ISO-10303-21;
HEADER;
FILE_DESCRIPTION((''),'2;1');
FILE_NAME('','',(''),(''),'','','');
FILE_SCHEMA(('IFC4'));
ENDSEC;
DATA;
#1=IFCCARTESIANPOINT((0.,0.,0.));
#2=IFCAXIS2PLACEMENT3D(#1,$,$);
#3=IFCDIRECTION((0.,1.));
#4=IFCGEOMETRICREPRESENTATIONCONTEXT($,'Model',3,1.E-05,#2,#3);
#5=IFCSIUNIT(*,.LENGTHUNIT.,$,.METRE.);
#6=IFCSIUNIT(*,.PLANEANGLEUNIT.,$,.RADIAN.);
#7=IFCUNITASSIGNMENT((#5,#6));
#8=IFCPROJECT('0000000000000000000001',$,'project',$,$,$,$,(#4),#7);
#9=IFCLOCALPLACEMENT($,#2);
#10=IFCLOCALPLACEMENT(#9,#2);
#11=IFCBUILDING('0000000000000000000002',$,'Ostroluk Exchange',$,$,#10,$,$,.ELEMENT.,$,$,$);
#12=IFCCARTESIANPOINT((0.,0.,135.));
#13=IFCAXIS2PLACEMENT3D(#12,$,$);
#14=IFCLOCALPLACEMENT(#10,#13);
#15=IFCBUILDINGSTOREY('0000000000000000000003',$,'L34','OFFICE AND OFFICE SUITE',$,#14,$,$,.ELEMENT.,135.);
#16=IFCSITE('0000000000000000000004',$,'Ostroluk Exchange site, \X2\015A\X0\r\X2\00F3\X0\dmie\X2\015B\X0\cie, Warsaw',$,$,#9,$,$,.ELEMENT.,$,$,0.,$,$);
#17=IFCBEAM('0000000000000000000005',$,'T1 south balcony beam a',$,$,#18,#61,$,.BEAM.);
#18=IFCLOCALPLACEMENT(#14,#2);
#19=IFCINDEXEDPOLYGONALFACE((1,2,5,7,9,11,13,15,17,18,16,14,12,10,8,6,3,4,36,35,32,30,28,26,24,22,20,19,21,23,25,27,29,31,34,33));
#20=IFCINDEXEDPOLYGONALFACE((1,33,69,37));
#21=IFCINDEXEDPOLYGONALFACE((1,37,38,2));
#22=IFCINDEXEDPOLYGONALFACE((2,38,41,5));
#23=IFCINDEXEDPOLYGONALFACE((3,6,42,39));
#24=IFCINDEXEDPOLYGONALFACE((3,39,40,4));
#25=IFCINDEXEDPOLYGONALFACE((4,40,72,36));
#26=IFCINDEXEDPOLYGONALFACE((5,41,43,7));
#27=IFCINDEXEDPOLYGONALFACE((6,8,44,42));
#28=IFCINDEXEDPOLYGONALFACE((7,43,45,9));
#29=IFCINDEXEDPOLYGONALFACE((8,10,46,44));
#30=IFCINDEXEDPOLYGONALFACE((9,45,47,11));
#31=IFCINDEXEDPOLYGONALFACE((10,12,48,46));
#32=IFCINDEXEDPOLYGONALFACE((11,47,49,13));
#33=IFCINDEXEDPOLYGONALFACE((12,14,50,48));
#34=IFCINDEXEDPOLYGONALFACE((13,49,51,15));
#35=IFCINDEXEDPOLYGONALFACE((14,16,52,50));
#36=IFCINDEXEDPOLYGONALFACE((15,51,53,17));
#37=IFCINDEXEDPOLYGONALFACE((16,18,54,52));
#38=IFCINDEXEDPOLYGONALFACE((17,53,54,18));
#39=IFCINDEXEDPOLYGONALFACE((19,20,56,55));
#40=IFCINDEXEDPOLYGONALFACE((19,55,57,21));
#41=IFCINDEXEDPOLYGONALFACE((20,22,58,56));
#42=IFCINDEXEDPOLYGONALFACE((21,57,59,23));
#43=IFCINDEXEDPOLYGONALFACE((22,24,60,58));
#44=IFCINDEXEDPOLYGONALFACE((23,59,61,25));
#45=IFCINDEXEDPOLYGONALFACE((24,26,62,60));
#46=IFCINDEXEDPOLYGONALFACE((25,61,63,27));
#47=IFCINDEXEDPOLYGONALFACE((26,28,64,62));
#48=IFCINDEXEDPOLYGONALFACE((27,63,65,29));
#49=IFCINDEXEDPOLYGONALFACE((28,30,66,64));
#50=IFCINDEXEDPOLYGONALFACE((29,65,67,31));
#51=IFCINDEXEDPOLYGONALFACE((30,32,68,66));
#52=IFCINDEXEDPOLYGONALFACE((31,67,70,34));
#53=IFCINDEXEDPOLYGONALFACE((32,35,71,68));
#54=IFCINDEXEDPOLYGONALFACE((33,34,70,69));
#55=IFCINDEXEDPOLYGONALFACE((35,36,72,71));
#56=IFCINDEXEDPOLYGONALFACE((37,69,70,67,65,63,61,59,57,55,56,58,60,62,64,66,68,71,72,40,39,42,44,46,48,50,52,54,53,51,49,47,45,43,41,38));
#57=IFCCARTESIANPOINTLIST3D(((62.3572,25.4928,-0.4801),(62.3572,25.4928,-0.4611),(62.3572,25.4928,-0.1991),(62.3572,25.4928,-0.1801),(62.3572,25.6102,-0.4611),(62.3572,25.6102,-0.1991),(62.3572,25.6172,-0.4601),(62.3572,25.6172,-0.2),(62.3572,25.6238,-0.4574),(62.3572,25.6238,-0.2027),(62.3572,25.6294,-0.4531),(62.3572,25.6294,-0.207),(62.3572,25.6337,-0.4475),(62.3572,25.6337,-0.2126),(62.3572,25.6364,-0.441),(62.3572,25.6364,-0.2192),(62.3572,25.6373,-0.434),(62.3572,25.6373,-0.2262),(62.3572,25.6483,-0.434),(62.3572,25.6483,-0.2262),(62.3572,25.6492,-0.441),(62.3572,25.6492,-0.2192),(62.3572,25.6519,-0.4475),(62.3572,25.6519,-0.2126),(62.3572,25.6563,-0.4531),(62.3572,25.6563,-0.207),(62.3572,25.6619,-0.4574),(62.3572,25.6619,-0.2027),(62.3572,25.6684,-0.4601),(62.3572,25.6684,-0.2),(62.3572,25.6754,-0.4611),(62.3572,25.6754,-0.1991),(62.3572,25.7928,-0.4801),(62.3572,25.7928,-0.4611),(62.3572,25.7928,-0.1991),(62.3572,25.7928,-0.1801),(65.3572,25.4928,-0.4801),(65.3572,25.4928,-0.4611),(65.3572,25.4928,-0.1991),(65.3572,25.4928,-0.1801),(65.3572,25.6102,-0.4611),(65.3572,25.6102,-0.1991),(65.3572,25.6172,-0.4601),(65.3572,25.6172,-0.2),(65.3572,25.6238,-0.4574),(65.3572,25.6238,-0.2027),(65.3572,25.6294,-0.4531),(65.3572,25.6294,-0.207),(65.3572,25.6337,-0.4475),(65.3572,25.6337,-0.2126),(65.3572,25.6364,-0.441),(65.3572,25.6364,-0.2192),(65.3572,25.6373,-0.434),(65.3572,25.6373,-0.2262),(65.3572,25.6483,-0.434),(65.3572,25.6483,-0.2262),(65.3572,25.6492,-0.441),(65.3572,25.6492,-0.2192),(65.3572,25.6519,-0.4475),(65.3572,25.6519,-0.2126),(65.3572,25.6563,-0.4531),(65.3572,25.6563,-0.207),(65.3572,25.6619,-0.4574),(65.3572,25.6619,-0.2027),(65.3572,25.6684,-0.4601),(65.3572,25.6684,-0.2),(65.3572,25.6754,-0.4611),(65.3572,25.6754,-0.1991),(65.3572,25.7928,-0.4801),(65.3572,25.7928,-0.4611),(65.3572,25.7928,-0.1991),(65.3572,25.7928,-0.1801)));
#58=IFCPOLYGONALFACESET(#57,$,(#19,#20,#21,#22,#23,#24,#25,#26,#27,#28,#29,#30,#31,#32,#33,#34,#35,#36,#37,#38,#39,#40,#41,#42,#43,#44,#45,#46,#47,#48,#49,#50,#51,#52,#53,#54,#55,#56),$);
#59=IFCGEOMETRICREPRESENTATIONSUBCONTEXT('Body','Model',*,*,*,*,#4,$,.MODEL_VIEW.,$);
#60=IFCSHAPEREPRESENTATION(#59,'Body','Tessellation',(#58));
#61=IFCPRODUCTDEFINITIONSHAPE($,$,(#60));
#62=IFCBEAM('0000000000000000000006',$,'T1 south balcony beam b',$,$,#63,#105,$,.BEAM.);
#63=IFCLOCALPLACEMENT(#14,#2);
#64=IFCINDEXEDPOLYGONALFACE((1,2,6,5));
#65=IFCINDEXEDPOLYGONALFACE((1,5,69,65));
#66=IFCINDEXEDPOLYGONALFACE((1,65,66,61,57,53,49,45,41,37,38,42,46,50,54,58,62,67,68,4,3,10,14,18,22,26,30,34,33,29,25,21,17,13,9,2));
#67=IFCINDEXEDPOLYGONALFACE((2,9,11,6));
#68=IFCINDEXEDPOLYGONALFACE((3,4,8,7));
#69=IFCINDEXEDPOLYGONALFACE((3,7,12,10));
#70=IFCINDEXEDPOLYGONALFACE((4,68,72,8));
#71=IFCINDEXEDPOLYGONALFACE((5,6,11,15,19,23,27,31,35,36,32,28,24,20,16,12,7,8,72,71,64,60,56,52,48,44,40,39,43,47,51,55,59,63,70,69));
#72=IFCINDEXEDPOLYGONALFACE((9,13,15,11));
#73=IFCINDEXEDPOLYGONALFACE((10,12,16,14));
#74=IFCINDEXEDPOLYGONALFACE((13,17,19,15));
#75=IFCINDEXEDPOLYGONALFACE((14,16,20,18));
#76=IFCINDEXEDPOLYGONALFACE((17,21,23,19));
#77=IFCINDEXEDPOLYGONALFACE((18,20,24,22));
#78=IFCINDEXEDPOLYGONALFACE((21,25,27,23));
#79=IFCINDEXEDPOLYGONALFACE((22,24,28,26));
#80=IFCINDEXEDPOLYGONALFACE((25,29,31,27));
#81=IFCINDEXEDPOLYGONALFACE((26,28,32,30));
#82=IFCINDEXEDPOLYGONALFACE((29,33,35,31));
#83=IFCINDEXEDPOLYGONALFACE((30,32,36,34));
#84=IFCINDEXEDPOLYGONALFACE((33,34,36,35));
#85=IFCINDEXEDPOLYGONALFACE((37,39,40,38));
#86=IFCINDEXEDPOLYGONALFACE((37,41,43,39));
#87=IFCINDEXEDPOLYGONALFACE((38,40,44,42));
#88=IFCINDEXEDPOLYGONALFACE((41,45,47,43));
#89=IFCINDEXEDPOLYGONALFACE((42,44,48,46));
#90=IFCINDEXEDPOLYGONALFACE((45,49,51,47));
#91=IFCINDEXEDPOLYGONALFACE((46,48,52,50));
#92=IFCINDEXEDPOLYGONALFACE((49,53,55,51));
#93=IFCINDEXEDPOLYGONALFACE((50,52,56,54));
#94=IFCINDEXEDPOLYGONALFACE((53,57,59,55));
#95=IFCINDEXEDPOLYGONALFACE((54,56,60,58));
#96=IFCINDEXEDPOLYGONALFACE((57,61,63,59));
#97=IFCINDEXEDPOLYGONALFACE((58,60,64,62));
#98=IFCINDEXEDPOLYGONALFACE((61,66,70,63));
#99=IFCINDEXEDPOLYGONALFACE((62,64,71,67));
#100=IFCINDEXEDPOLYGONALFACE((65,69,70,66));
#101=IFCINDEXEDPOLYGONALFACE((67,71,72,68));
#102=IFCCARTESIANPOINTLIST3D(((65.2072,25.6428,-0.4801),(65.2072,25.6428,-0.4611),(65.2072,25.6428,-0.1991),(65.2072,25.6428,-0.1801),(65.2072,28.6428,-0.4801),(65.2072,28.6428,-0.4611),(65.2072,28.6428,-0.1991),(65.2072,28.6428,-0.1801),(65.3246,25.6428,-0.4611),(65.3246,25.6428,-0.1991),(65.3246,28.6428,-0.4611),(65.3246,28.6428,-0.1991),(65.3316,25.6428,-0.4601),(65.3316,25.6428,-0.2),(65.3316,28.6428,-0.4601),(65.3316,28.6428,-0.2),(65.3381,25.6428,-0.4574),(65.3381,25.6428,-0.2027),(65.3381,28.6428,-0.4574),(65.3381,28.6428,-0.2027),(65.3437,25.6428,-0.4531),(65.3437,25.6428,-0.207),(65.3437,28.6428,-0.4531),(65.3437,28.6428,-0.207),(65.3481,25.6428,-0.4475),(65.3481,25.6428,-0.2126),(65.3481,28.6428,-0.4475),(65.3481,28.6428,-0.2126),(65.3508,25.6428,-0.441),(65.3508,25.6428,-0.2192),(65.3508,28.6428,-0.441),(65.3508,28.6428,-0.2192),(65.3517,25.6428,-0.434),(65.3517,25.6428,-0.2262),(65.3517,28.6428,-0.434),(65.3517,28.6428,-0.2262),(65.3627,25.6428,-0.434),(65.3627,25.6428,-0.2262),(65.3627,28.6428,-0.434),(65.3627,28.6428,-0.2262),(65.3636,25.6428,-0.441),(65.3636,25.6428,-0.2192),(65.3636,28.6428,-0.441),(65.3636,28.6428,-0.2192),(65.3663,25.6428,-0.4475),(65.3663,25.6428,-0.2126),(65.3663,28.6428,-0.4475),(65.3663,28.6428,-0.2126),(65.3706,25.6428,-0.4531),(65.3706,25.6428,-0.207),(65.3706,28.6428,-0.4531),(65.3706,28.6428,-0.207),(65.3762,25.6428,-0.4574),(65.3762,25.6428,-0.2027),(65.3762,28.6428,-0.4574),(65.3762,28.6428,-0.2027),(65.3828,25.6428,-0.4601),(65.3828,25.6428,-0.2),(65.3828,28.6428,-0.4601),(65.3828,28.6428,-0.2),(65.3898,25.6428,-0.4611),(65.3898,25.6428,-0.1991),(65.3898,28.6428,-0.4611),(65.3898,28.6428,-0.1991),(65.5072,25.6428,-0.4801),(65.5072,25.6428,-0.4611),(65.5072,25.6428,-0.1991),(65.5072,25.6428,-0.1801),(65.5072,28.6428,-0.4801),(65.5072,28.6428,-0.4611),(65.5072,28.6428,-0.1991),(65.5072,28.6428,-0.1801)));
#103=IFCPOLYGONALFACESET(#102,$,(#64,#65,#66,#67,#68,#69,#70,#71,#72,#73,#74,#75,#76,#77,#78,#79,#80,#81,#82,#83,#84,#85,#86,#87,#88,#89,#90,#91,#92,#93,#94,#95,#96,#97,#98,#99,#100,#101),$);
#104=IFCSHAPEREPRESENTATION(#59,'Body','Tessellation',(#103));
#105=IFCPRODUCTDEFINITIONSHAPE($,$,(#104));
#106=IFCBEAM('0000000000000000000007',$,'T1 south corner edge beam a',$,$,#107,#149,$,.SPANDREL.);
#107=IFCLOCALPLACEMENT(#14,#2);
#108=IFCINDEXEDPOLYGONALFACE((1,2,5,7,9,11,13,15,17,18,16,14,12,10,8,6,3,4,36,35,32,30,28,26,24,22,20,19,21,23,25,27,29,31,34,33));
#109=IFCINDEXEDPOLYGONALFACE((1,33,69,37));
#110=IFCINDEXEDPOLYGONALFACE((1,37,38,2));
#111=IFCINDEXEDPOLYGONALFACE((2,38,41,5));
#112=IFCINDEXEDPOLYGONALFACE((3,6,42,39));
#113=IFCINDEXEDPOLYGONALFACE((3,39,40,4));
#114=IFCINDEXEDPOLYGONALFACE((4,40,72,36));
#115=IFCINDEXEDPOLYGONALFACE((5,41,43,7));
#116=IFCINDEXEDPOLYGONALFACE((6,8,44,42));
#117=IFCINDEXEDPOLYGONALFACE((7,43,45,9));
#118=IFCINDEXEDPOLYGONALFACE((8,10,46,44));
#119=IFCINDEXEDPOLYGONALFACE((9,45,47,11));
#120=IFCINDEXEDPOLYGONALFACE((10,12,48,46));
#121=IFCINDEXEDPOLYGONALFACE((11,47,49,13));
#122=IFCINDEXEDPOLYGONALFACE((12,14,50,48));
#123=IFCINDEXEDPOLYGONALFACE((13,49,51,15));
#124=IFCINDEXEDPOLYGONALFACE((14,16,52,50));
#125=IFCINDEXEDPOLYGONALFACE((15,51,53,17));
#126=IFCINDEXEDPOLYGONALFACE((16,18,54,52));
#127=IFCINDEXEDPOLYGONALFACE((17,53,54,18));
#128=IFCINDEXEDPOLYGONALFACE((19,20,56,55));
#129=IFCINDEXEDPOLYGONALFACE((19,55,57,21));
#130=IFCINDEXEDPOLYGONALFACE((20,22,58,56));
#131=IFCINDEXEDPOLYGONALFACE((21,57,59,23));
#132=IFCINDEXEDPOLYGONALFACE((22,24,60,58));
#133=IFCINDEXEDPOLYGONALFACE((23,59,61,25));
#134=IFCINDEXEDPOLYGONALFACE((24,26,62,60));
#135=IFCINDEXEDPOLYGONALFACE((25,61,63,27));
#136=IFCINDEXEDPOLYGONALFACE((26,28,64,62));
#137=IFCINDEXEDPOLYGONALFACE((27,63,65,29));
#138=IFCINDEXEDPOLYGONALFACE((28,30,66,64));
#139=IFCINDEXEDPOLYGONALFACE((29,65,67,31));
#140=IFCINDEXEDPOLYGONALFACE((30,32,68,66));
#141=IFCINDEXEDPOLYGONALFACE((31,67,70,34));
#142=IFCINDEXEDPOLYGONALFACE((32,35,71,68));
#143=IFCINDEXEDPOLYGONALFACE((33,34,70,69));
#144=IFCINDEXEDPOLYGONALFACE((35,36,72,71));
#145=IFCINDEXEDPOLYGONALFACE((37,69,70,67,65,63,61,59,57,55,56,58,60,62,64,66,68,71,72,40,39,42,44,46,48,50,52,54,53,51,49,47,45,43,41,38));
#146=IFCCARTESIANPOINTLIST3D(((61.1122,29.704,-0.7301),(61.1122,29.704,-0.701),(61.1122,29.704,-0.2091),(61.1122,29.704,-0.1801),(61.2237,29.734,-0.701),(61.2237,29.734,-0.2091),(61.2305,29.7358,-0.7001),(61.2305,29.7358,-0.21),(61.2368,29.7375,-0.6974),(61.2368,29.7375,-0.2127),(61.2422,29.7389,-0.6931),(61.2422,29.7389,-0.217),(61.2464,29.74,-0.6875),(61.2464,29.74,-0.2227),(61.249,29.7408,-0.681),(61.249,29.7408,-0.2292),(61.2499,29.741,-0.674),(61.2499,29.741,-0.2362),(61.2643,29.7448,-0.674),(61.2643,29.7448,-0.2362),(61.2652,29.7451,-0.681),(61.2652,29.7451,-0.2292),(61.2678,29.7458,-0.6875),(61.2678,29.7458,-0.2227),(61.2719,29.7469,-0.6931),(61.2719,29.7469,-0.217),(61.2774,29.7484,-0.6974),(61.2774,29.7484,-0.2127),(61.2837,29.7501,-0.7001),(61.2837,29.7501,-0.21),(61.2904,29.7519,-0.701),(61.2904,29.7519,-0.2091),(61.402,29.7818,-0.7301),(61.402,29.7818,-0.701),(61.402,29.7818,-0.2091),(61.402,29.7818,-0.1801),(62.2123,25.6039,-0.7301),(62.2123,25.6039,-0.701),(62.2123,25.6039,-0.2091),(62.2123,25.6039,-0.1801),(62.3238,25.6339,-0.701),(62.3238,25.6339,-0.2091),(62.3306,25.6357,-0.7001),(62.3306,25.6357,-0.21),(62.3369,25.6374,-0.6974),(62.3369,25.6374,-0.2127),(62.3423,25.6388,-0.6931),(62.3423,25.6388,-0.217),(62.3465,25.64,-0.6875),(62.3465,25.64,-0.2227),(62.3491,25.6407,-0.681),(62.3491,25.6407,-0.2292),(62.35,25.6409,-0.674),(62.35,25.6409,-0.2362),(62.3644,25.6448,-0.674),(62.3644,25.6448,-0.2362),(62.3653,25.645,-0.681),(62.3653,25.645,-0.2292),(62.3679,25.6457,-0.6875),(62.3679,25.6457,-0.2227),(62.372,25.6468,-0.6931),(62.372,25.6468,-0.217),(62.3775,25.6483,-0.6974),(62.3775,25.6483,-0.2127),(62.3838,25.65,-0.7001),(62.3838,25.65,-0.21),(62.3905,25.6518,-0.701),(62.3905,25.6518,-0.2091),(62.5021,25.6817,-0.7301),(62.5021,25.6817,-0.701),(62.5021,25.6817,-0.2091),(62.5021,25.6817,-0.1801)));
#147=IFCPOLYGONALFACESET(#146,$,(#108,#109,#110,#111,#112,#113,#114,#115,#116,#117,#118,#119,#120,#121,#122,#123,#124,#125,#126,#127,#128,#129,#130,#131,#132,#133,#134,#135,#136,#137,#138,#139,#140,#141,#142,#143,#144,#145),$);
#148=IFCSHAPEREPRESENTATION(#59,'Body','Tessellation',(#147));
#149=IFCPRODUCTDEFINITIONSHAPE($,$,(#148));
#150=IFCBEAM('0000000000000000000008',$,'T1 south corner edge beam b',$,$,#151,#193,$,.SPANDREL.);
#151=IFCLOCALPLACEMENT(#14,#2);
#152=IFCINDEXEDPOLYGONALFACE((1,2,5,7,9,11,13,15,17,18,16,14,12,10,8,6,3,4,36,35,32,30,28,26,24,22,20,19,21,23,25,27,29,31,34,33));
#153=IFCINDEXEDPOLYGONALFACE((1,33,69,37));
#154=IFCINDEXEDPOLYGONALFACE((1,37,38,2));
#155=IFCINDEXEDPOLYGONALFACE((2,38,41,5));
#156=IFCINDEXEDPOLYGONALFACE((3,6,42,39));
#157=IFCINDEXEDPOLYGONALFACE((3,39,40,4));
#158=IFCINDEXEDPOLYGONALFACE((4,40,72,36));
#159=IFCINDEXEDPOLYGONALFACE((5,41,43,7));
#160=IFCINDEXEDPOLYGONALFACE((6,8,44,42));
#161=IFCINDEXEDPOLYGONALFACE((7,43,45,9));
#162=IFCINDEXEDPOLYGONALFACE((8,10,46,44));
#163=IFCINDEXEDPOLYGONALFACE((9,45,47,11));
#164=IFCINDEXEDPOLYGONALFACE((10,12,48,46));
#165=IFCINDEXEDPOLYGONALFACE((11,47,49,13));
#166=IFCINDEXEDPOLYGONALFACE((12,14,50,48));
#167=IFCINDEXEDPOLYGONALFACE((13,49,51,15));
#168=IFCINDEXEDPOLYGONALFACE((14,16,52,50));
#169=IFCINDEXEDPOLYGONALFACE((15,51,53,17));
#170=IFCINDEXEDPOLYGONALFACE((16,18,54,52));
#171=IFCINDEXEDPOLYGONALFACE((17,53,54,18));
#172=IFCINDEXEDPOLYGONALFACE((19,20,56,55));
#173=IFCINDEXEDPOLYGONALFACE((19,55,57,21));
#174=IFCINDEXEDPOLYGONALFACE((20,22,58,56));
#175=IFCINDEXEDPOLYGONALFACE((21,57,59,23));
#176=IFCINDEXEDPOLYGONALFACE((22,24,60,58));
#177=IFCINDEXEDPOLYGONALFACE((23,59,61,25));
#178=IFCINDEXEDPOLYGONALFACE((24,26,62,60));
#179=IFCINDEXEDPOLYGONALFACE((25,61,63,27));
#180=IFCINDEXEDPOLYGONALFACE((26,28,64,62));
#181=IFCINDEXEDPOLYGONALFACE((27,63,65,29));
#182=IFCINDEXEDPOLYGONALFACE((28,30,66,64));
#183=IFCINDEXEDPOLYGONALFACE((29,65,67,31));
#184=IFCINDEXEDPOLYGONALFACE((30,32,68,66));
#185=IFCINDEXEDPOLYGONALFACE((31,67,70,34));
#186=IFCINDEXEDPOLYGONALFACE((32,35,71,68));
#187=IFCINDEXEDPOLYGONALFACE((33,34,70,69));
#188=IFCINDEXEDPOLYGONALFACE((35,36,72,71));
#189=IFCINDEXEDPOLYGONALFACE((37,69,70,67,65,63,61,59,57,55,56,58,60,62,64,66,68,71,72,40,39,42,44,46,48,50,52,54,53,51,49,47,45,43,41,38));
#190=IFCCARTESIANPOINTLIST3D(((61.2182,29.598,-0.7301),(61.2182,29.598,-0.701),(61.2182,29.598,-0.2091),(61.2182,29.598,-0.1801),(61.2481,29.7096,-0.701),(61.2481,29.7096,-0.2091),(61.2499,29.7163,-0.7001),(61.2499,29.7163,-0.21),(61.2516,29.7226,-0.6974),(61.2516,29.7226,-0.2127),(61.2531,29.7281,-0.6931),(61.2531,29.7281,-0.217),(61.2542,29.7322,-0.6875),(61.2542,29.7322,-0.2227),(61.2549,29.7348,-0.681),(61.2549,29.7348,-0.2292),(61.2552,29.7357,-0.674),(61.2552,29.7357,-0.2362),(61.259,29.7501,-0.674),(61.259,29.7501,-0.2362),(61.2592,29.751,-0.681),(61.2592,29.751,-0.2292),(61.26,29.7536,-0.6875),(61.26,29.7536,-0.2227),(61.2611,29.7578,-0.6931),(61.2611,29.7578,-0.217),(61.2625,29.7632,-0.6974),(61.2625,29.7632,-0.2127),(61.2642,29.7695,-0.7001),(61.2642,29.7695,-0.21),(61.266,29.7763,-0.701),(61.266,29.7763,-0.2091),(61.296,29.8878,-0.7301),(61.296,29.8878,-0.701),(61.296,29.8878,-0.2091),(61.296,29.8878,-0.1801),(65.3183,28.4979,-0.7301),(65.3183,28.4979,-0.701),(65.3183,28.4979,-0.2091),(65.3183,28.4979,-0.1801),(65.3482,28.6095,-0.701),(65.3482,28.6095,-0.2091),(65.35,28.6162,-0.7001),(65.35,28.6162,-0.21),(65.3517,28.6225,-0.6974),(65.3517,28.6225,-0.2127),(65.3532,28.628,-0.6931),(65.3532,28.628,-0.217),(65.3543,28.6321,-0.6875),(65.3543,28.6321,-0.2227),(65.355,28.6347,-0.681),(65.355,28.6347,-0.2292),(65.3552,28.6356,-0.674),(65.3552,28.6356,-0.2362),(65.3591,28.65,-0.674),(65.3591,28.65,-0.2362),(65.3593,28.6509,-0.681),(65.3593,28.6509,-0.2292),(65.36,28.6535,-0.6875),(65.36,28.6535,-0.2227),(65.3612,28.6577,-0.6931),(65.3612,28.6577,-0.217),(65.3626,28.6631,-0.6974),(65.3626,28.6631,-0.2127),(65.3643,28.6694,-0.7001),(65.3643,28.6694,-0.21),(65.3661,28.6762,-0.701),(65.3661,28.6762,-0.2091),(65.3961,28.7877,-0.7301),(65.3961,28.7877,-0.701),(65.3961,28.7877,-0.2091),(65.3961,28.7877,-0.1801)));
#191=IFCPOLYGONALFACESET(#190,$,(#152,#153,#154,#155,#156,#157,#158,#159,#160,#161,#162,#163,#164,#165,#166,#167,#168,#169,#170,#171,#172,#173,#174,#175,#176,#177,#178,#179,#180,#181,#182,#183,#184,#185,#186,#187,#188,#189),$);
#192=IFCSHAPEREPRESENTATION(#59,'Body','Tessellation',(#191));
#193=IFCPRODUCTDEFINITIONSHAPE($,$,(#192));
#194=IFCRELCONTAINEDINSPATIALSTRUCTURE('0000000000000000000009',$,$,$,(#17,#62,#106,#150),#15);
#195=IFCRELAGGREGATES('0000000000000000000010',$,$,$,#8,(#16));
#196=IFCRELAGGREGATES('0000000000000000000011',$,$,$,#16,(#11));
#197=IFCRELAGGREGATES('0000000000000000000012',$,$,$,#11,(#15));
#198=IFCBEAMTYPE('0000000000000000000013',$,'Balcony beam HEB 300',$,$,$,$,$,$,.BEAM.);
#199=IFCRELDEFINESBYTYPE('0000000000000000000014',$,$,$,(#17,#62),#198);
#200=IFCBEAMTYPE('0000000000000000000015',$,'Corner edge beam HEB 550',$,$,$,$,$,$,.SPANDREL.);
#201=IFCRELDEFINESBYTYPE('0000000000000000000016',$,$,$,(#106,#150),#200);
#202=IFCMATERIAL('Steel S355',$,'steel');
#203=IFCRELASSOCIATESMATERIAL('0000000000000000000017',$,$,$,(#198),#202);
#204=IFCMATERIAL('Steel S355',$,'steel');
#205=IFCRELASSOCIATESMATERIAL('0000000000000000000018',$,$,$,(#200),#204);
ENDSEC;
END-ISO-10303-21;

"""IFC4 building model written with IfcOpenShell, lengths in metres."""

from ifc_helpers import new_model, si_unit, direction, frame, origin, origin_2d, place, context, subcontext, project, spatial, i_section, extrude, material, material_profile, profile_set, type_object, element, save


model = new_model("IFC4")

# Units and contexts
model_context = context("Model", 3, precision=1e-05, world=origin(), true_north=direction((0.0, 1.0)))
body_context = subcontext(model_context, "Body", "Model", "MODEL_VIEW")
ifc_project = project(units=[si_unit("LENGTHUNIT", "METRE"), si_unit("PLANEANGLEUNIT", "RADIAN")], contexts=[model_context])

# Site, building, storey
site_placement = place(None, origin())
site = spatial("IfcSite", under=ifc_project, at=site_placement, Name="Ostroluk Exchange site, Śródmieście, Warsaw", CompositionType="ELEMENT", RefElevation=0.0)
building_placement = place(site_placement, origin())
building = spatial("IfcBuilding", under=site, at=building_placement, Name="Ostroluk Exchange", CompositionType="ELEMENT")
storey_placement = place(building_placement, frame((0.0, 0.0, 135.0)))
storey = spatial("IfcBuildingStorey", under=building, at=storey_placement, Name="L34", Description="OFFICE AND OFFICE SUITE", CompositionType="ELEMENT", Elevation=135.0)

# Beams
ifc_material_1 = material(Name="Steel S355", Category="steel")
ifc_material_profile_1 = material_profile(ifc_material_1, i_section(OverallWidth=0.3, OverallDepth=0.3, WebThickness=0.011, FlangeThickness=0.019, FilletRadius=0.0271, at=origin_2d()), Name="HEB 300")
ifc_profile_set_1 = profile_set([ifc_material_profile_1], Name="Steel S355")
beam_type_1 = type_object("IfcBeamType", Name="Balcony beam HEB 300", PredefinedType="BEAM", material=ifc_profile_set_1)
for number, where, z_axis, x_axis, name in (
    (1, (62.3572, 25.6428, -0.3301), (1.0, 0.0, 0.0), (0.0, 1.0, 0.0), "T1 south balcony beam a"),
    (2, (65.3572, 28.6428, -0.3301), (0.0, -1.0, 0.0), (1.0, 0.0, 0.0), "T1 south balcony beam b"),
):
    element("IfcBeam", number, at=place(storey_placement, frame(where, z_axis=z_axis, x_axis=x_axis)), inside=storey, type_object=beam_type_1, Name=name, PredefinedType="BEAM", context=body_context, shape_type="SweptSolid", body=[
        extrude(i_section(OverallWidth=0.3, OverallDepth=0.3, WebThickness=0.011, FlangeThickness=0.019, FilletRadius=0.0271, at=origin_2d()), origin(), (0.0, 0.0, 1.0), 3.0),
    ])
ifc_material_2 = material(Name="Steel S355", Category="steel")
ifc_material_profile_2 = material_profile(ifc_material_2, i_section(OverallWidth=0.3, OverallDepth=0.55, WebThickness=0.0149, FlangeThickness=0.0291, FilletRadius=0.0271, at=origin_2d()), Name="HEB 550")
ifc_profile_set_2 = profile_set([ifc_material_profile_2], Name="Steel S355")
beam_type_2 = type_object("IfcBeamType", Name="Corner edge beam HEB 550", PredefinedType="SPANDREL", material=ifc_profile_set_2)
for number, where, z_axis, x_axis, name in (
    (3, (61.2571, 29.7429, -0.4551), (0.259144, -0.965839, 0.0), (0.965839, 0.259144, 0.0), "T1 south corner edge beam a"),
    (4, (61.2571, 29.7429, -0.4551), (0.965839, -0.259144, 0.0), (0.259144, 0.965839, 0.0), "T1 south corner edge beam b"),
):
    element("IfcBeam", number, at=place(storey_placement, frame(where, z_axis=z_axis, x_axis=x_axis)), inside=storey, type_object=beam_type_2, Name=name, PredefinedType="SPANDREL", context=body_context, shape_type="SweptSolid", body=[
        extrude(i_section(OverallWidth=0.3, OverallDepth=0.55, WebThickness=0.0149, FlangeThickness=0.0291, FilletRadius=0.0271, at=origin_2d()), origin(), (0.0, 0.0, 1.0), 4.2451),
    ])

save(model, "model.ifc")
